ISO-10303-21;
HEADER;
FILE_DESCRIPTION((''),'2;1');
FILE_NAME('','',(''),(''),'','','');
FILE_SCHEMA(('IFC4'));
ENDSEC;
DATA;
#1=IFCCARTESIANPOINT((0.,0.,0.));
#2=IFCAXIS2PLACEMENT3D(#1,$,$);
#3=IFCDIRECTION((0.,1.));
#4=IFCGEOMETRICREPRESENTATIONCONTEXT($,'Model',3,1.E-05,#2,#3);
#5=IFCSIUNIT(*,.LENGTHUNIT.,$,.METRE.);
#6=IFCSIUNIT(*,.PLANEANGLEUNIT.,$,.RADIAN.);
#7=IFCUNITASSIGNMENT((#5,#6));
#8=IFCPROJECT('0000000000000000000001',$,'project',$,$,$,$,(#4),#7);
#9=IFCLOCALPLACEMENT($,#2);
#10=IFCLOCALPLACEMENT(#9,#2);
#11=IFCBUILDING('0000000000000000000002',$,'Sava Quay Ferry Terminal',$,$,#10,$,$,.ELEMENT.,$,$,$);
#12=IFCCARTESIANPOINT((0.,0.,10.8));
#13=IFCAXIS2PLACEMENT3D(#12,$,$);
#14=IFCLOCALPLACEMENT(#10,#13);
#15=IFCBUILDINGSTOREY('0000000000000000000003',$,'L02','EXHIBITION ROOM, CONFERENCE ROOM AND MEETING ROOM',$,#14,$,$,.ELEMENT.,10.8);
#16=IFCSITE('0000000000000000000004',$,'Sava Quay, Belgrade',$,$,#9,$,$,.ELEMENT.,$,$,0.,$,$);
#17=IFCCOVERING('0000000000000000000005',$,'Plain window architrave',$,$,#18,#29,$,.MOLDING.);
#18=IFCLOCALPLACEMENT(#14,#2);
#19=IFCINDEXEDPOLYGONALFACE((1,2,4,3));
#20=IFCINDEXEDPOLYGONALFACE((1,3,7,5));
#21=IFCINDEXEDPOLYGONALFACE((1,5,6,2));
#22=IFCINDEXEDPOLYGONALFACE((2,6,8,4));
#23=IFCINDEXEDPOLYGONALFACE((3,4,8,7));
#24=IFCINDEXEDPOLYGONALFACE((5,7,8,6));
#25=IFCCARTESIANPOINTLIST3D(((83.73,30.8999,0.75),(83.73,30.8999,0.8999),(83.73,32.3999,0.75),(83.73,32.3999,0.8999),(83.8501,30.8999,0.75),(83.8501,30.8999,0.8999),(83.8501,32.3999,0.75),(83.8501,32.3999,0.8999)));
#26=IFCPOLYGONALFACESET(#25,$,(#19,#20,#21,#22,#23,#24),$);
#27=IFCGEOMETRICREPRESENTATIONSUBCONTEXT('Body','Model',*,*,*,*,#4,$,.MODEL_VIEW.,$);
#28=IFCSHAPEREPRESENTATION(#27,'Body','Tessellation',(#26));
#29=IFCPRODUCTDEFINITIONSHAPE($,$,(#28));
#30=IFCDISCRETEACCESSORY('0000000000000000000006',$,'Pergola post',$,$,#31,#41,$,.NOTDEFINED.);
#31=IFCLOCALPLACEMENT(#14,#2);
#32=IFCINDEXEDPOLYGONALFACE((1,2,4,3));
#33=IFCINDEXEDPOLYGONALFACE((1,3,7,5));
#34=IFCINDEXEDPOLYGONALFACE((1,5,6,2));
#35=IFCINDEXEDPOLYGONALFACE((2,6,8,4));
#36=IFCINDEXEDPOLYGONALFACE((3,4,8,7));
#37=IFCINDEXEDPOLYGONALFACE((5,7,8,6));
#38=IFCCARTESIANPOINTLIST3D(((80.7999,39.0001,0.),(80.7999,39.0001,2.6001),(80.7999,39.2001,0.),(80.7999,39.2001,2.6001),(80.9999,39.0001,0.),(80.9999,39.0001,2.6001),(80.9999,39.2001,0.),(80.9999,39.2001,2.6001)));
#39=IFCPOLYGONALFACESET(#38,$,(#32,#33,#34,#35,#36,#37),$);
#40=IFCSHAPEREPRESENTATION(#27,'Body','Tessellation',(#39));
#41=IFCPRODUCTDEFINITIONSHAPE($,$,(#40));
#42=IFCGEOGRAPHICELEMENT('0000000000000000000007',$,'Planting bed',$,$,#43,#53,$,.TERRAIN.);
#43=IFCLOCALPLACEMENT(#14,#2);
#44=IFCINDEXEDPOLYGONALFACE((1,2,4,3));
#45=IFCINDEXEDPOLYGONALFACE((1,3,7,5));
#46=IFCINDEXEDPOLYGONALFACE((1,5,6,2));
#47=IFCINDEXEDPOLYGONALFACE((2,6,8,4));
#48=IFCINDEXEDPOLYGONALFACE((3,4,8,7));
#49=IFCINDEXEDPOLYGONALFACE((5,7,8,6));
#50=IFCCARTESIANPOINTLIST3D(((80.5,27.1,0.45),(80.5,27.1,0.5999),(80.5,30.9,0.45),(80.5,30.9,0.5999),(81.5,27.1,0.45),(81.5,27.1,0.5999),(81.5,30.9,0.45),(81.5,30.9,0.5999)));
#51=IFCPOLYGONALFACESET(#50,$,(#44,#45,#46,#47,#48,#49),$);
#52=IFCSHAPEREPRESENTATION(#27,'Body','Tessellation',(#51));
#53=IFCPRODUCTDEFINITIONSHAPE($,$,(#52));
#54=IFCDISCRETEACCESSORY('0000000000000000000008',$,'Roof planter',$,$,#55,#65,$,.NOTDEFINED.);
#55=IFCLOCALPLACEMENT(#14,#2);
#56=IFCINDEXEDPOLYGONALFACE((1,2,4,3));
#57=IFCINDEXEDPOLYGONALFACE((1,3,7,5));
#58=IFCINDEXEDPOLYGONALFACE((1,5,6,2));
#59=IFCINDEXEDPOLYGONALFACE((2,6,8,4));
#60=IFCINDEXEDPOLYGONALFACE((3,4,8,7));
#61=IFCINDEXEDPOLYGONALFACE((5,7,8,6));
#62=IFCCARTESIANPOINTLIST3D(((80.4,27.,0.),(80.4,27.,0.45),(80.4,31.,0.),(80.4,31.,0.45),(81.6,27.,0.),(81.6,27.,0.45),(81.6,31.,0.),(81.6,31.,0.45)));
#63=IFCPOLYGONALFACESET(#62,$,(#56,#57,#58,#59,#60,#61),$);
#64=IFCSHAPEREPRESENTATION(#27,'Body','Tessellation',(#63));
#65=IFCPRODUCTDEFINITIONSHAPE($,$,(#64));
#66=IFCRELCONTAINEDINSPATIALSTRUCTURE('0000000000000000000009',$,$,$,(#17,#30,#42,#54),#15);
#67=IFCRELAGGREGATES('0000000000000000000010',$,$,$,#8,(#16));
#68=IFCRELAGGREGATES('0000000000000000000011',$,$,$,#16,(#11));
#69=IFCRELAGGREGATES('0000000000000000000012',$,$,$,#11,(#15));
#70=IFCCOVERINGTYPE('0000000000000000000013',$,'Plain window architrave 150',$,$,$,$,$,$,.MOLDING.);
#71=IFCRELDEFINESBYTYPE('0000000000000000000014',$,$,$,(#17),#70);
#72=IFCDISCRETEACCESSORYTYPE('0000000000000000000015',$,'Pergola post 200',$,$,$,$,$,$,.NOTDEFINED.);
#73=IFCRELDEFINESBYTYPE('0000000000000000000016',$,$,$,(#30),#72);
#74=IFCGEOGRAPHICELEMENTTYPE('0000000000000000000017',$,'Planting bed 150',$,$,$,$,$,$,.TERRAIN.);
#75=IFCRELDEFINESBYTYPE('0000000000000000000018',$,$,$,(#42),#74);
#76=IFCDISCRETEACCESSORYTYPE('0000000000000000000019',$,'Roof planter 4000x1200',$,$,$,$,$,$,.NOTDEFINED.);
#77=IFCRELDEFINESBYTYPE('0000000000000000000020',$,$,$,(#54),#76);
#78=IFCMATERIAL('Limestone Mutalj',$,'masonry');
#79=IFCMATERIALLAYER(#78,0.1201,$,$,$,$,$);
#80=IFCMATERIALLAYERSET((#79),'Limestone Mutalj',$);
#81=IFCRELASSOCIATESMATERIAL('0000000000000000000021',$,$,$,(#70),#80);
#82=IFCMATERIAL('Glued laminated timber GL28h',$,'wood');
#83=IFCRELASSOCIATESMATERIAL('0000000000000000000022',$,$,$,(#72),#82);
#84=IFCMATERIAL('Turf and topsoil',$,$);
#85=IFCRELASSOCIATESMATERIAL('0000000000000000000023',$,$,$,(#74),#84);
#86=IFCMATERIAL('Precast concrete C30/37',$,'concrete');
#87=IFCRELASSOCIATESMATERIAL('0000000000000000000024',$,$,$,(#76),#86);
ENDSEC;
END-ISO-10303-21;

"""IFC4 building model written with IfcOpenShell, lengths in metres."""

from ifc_helpers import new_model, si_unit, direction, frame, origin, origin_2d, place, context, subcontext, project, spatial, rectangle, extrude, material, layer, layer_set, type_object, element, save


model = new_model("IFC4")

# Units and contexts
model_context = context("Model", 3, precision=1e-05, world=origin(), true_north=direction((0.0, 1.0)))
body_context = subcontext(model_context, "Body", "Model", "MODEL_VIEW")
ifc_project = project(units=[si_unit("LENGTHUNIT", "METRE"), si_unit("PLANEANGLEUNIT", "RADIAN")], contexts=[model_context])

# Site, building, storey
site_placement = place(None, origin())
site = spatial("IfcSite", under=ifc_project, at=site_placement, Name="Sava Quay, Belgrade", CompositionType="ELEMENT", RefElevation=0.0)
building_placement = place(site_placement, origin())
building = spatial("IfcBuilding", under=site, at=building_placement, Name="Sava Quay Ferry Terminal", CompositionType="ELEMENT")
storey_placement = place(building_placement, frame((0.0, 0.0, 10.8)))
storey = spatial("IfcBuildingStorey", under=building, at=storey_placement, Name="L02", Description="EXHIBITION ROOM, CONFERENCE ROOM AND MEETING ROOM", CompositionType="ELEMENT", Elevation=10.8)

# Covering
ifc_material_1 = material(Name="Limestone Mutalj", Category="masonry")
ifc_layer_1 = layer(ifc_material_1, 0.1201)
ifc_layer_set_1 = layer_set([ifc_layer_1], Name="Limestone Mutalj")
covering_type_1 = type_object("IfcCoveringType", Name="Plain window architrave 150", PredefinedType="MOLDING", material=ifc_layer_set_1)
for number, where, z_axis, x_axis, name in (
    (1, (83.79, 31.6499, 0.75), (0.0, 0.0, 1.0), (1.0, 0.0, 0.0), "Plain window architrave"),
):
    element("IfcCovering", number, at=place(storey_placement, frame(where, z_axis=z_axis, x_axis=x_axis)), inside=storey, type_object=covering_type_1, Name=name, PredefinedType="MOLDING", context=body_context, shape_type="SweptSolid", body=[
        extrude(rectangle(XDim=0.1201, YDim=1.5, at=origin_2d()), origin(), (0.0, 0.0, 1.0), 0.1499),
    ])

# Discrete accessory
ifc_material_2 = material(Name="Glued laminated timber GL28h", Category="wood")
discrete_accessory_type_1 = type_object("IfcDiscreteAccessoryType", Name="Pergola post 200", PredefinedType="NOTDEFINED", material=ifc_material_2)
discrete_accessory_1_placement = place(storey_placement, frame((80.8999, 39.1001, 0.0), z_axis=(0.0, 0.0, 1.0), x_axis=(1.0, 0.0, 0.0)))
element("IfcDiscreteAccessory", 2, at=discrete_accessory_1_placement, inside=storey, type_object=discrete_accessory_type_1, Name="Pergola post", PredefinedType="NOTDEFINED", context=body_context, shape_type="SweptSolid", body=[
    extrude(rectangle(XDim=0.2, YDim=0.2, at=origin_2d()), origin(), (0.0, 0.0, 1.0), 2.6001),
])

# Geographic element
ifc_material_3 = material(Name="Turf and topsoil")
geographic_element_type = type_object("IfcGeographicElementType", Name="Planting bed 150", PredefinedType="TERRAIN", material=ifc_material_3)
geographic_element_placement = place(storey_placement, frame((81.0, 29.0, 0.45), z_axis=(0.0, 0.0, 1.0), x_axis=(1.0, 0.0, 0.0)))
element("IfcGeographicElement", 3, at=geographic_element_placement, inside=storey, type_object=geographic_element_type, Name="Planting bed", PredefinedType="TERRAIN", context=body_context, shape_type="SweptSolid", body=[
    extrude(rectangle(XDim=1.0, YDim=3.8, at=origin_2d()), origin(), (0.0, 0.0, 1.0), 0.1499),
])

# Discrete accessory
ifc_material_4 = material(Name="Precast concrete C30/37", Category="concrete")
discrete_accessory_type_2 = type_object("IfcDiscreteAccessoryType", Name="Roof planter 4000x1200", PredefinedType="NOTDEFINED", material=ifc_material_4)
discrete_accessory_2_placement = place(storey_placement, frame((81.0, 29.0, 0.0), z_axis=(0.0, 0.0, 1.0), x_axis=(1.0, 0.0, 0.0)))
element("IfcDiscreteAccessory", 4, at=discrete_accessory_2_placement, inside=storey, type_object=discrete_accessory_type_2, Name="Roof planter", PredefinedType="NOTDEFINED", context=body_context, shape_type="SweptSolid", body=[
    extrude(rectangle(XDim=1.2, YDim=4.0, at=origin_2d()), origin(), (0.0, 0.0, 1.0), 0.45),
])

save(model, "model.ifc")
